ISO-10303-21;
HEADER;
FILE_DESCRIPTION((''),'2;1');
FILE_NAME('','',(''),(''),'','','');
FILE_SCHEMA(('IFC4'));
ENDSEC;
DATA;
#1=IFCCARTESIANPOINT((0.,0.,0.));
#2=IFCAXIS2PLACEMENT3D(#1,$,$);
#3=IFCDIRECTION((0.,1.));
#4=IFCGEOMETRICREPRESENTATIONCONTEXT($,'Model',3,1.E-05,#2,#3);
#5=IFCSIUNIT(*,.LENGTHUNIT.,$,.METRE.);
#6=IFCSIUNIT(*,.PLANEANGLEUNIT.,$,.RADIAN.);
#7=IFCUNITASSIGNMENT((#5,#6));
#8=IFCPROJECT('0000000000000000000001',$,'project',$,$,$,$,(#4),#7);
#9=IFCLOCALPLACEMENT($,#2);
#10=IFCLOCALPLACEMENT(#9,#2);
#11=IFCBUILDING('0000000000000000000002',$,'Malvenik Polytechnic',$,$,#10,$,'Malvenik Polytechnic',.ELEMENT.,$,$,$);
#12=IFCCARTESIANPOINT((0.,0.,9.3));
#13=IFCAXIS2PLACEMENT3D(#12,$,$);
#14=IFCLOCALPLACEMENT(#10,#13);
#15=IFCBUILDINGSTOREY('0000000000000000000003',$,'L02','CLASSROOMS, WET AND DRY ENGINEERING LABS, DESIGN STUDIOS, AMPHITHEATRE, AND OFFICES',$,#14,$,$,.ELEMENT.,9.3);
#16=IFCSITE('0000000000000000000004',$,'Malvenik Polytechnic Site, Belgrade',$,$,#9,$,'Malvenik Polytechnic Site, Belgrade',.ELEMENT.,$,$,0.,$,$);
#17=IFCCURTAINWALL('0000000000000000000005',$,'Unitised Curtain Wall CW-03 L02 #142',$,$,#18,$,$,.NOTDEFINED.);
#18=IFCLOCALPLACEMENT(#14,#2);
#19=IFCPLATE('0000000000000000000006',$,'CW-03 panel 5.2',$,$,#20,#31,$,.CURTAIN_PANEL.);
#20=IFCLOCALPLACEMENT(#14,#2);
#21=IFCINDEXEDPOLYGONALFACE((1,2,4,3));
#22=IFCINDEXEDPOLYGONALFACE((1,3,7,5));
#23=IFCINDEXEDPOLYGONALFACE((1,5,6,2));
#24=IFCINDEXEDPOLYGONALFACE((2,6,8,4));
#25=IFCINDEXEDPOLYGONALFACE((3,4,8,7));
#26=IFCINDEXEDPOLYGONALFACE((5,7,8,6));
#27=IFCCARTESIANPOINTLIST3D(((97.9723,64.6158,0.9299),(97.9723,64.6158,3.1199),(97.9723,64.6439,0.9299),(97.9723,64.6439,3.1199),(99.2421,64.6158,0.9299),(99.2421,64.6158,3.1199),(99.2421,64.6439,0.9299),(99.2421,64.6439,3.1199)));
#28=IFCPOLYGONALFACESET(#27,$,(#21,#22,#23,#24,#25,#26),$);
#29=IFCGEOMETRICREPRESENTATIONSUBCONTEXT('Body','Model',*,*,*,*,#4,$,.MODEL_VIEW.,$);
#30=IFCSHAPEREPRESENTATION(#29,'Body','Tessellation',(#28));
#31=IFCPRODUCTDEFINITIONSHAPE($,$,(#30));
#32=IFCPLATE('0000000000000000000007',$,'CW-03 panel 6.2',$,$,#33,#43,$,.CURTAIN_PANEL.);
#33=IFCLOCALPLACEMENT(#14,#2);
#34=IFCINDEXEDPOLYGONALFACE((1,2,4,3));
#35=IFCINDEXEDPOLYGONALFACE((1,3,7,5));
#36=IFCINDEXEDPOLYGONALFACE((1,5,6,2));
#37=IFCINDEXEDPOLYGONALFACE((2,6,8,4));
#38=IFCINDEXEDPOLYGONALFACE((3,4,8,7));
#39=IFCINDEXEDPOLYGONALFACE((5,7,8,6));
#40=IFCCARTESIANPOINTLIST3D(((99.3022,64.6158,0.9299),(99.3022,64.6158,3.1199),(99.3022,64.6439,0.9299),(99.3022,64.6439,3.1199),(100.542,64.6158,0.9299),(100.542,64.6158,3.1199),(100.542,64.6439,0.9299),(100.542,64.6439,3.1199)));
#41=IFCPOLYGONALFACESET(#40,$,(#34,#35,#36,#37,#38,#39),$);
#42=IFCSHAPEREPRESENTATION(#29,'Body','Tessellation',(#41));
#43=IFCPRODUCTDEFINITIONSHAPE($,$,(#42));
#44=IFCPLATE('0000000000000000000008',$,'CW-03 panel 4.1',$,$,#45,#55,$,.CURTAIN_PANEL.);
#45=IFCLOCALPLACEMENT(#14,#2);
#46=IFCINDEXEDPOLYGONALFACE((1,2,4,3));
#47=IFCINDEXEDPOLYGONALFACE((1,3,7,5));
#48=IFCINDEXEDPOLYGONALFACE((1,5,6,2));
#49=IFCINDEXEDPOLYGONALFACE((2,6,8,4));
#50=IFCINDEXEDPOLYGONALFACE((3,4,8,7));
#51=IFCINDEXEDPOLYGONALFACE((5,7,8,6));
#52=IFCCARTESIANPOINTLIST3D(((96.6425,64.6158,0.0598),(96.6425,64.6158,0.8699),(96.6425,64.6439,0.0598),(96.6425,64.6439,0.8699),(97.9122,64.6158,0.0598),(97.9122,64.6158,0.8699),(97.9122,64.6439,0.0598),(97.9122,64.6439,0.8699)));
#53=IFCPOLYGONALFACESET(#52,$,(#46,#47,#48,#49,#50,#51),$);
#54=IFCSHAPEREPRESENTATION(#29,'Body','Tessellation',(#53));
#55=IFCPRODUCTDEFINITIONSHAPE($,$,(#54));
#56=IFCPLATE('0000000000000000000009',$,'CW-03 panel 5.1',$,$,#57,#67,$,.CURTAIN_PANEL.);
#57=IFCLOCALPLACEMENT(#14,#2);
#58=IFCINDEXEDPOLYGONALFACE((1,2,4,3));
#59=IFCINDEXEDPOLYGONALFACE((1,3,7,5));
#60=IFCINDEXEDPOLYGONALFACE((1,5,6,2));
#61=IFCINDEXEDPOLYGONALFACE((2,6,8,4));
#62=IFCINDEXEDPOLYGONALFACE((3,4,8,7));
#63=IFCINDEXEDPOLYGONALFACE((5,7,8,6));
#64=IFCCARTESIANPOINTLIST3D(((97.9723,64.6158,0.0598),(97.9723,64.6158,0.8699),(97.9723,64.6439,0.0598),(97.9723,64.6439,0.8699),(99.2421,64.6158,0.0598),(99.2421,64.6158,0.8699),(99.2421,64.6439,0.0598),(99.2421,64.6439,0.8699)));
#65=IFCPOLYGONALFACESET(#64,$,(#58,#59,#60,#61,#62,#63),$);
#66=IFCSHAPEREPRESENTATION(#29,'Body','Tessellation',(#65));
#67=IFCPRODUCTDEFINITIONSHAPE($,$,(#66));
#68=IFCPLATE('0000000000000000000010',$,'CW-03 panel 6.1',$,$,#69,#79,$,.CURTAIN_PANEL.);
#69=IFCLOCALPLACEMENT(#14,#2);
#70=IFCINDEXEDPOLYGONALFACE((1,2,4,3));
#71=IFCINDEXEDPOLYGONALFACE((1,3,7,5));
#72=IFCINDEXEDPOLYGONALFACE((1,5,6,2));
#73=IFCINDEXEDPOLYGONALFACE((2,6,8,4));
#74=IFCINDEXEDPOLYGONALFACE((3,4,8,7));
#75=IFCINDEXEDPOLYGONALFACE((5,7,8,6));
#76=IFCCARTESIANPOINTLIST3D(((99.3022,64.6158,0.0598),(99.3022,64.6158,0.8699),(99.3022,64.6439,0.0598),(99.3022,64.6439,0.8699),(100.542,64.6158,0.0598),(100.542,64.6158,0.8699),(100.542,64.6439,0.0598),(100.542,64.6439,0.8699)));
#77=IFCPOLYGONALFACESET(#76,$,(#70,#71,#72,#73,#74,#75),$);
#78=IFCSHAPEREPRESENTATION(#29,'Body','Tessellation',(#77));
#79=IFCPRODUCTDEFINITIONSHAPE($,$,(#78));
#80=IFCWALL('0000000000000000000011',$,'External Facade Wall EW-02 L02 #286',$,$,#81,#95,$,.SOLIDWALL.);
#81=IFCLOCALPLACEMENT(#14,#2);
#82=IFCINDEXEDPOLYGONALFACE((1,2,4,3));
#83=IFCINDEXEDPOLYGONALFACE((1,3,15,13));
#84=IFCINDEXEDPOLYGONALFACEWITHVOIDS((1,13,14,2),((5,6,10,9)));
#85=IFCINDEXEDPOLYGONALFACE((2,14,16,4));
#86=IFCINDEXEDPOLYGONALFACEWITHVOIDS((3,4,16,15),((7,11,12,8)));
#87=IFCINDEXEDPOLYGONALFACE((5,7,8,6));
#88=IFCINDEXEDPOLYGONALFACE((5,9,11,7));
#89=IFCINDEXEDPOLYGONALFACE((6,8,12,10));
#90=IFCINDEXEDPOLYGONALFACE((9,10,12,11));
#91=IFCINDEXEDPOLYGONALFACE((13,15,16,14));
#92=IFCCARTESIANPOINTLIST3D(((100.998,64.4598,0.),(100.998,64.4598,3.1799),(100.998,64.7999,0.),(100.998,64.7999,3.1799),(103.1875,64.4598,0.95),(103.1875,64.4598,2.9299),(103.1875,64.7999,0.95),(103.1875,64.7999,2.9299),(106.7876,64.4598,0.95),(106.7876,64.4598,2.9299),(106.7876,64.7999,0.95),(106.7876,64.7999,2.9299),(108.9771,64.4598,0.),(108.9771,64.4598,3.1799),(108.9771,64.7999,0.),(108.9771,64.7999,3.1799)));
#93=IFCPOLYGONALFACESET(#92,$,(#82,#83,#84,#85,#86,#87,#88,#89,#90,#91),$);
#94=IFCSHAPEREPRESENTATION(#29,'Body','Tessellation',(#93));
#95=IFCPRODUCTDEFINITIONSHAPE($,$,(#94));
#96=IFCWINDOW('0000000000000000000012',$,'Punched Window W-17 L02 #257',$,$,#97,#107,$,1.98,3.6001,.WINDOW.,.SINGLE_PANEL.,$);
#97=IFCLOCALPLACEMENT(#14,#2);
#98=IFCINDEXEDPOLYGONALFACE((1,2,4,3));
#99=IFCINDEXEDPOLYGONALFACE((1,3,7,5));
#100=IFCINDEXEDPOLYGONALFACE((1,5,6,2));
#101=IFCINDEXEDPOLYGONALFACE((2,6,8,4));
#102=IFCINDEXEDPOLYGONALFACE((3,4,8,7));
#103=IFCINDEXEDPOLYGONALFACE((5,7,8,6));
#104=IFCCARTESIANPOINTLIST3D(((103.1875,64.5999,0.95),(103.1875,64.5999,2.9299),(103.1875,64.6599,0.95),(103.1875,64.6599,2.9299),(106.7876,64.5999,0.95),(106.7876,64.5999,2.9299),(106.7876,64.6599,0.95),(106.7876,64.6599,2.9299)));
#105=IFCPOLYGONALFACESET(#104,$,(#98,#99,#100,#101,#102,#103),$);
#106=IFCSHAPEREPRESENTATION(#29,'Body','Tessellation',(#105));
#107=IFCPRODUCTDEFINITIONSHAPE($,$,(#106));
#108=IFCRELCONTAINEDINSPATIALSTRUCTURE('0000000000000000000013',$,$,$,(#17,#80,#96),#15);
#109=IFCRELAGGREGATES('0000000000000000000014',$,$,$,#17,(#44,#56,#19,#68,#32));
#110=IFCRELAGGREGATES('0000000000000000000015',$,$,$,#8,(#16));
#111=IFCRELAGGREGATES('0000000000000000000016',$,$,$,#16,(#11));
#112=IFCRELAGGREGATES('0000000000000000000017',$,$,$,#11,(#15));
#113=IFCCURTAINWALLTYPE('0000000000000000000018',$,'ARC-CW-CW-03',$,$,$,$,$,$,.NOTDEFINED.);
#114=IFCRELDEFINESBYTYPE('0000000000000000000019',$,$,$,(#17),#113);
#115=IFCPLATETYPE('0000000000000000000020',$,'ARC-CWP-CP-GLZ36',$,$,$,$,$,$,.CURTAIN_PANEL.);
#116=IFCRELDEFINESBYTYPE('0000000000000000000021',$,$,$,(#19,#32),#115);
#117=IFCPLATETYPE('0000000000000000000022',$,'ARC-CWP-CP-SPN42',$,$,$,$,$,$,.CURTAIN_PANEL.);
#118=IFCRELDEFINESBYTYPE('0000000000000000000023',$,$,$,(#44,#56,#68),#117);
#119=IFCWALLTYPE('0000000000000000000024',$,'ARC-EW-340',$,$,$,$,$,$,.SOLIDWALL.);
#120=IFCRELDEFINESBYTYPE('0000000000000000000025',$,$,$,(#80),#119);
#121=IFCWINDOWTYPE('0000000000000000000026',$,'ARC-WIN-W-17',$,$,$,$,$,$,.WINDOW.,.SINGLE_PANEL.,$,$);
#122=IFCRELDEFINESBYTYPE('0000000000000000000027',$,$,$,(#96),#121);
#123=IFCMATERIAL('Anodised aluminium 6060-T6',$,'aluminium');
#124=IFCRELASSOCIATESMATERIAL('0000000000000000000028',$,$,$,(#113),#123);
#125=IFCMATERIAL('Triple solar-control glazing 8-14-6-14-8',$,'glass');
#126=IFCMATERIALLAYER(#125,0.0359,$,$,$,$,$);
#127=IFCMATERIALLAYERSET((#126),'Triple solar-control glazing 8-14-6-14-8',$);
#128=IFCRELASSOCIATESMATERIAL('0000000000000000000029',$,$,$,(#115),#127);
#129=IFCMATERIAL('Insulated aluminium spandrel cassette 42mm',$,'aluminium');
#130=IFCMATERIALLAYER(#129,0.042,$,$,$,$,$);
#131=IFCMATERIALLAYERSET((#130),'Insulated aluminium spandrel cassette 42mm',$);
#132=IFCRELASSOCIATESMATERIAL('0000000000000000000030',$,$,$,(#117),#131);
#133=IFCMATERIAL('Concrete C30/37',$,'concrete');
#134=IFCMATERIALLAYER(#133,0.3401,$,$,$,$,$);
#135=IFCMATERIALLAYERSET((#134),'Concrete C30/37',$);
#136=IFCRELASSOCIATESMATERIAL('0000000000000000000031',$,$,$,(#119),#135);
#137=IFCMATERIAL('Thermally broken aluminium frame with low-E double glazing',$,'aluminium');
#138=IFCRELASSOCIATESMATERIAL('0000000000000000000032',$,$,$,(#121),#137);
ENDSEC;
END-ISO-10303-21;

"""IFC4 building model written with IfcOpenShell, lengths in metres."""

from ifc_helpers import new_model, si_unit, direction, frame, frame_2d, origin, origin_2d, place, context, subcontext, project, spatial, rectangle, extrude, material, layer, layer_set, type_object, element, fill, aggregate, save


model = new_model("IFC4")

# Units and contexts
model_context = context("Model", 3, precision=1e-05, world=origin(), true_north=direction((0.0, 1.0)))
body_context = subcontext(model_context, "Body", "Model", "MODEL_VIEW")
ifc_project = project(units=[si_unit("LENGTHUNIT", "METRE"), si_unit("PLANEANGLEUNIT", "RADIAN")], contexts=[model_context])

# Site, building, storey
site_placement = place(None, origin())
site = spatial("IfcSite", under=ifc_project, at=site_placement, Name="Malvenik Polytechnic Site, Belgrade", LongName="Malvenik Polytechnic Site, Belgrade", CompositionType="ELEMENT", RefElevation=0.0)
building_placement = place(site_placement, origin())
building = spatial("IfcBuilding", under=site, at=building_placement, Name="Malvenik Polytechnic", LongName="Malvenik Polytechnic", CompositionType="ELEMENT")
storey_placement = place(building_placement, frame((0.0, 0.0, 9.3)))
storey = spatial("IfcBuildingStorey", under=building, at=storey_placement, Name="L02", Description="CLASSROOMS, WET AND DRY ENGINEERING LABS, DESIGN STUDIOS, AMPHITHEATRE, AND OFFICES", CompositionType="ELEMENT", Elevation=9.3)

# Shared definitions
ifc_material_1 = material(Name="Concrete C30/37", Category="concrete")

# Curtain wall
ifc_material_2 = material(Name="Anodised aluminium 6060-T6", Category="aluminium")
curtain_wall_type = type_object("IfcCurtainWallType", Name="ARC-CW-CW-03", PredefinedType="NOTDEFINED", material=ifc_material_2)
curtain_wall_placement = place(storey_placement, origin())
curtain_wall = element("IfcCurtainWall", 1, at=curtain_wall_placement, inside=storey, type_object=curtain_wall_type, Name="Unitised Curtain Wall CW-03 L02 #142", PredefinedType="NOTDEFINED")

# Plates
ifc_material_3 = material(Name="Triple solar-control glazing 8-14-6-14-8", Category="glass")
ifc_layer_1 = layer(ifc_material_3, 0.0359)
ifc_layer_set_1 = layer_set([ifc_layer_1], Name="Triple solar-control glazing 8-14-6-14-8")
plate_type_1 = type_object("IfcPlateType", Name="ARC-CWP-CP-GLZ36", PredefinedType="CURTAIN_PANEL", material=ifc_layer_set_1)
plate_1_placement = place(storey_placement, frame((98.6072, 64.6299, 0.9299), z_axis=(0.0, 0.0, 1.0), x_axis=(1.0, 0.0, 0.0)))
plate_1 = element("IfcPlate", 2, at=plate_1_placement, type_object=plate_type_1, Name="CW-03 panel 5.2", PredefinedType="CURTAIN_PANEL", context=body_context, shape_type="SweptSolid", body=[
    extrude(rectangle(XDim=1.2698, YDim=0.0281, at=origin_2d()), origin(), (0.0, 0.0, 1.0), 2.1899),
])
plate_2_placement = place(storey_placement, frame((99.9221, 64.6299, 0.9299), z_axis=(0.0, 0.0, 1.0), x_axis=(1.0, 0.0, 0.0)))
plate_2 = element("IfcPlate", 3, at=plate_2_placement, type_object=plate_type_1, Name="CW-03 panel 6.2", PredefinedType="CURTAIN_PANEL", context=body_context, shape_type="SweptSolid", body=[
    extrude(rectangle(XDim=1.2397, YDim=0.0281, at=origin_2d()), origin(), (0.0, 0.0, 1.0), 2.1899),
])
ifc_material_4 = material(Name="Insulated aluminium spandrel cassette 42mm", Category="aluminium")
ifc_layer_2 = layer(ifc_material_4, 0.042)
ifc_layer_set_2 = layer_set([ifc_layer_2], Name="Insulated aluminium spandrel cassette 42mm")
plate_type_2 = type_object("IfcPlateType", Name="ARC-CWP-CP-SPN42", PredefinedType="CURTAIN_PANEL", material=ifc_layer_set_2)
plate_3_placement = place(storey_placement, frame((97.2773, 64.6299, 0.0598), z_axis=(0.0, 0.0, 1.0), x_axis=(1.0, 0.0, 0.0)))
plate_3 = element("IfcPlate", 4, at=plate_3_placement, type_object=plate_type_2, Name="CW-03 panel 4.1", PredefinedType="CURTAIN_PANEL", context=body_context, shape_type="SweptSolid", body=[
    extrude(rectangle(XDim=1.2698, YDim=0.0281, at=origin_2d()), origin(), (0.0, 0.0, 1.0), 0.8101),
])
plate_4_placement = place(storey_placement, frame((98.6072, 64.6299, 0.0598), z_axis=(0.0, 0.0, 1.0), x_axis=(1.0, 0.0, 0.0)))
plate_4 = element("IfcPlate", 5, at=plate_4_placement, type_object=plate_type_2, Name="CW-03 panel 5.1", PredefinedType="CURTAIN_PANEL", context=body_context, shape_type="SweptSolid", body=[
    extrude(rectangle(XDim=1.2698, YDim=0.0281, at=origin_2d()), origin(), (0.0, 0.0, 1.0), 0.8101),
])
plate_5_placement = place(storey_placement, frame((99.9221, 64.6299, 0.0598), z_axis=(0.0, 0.0, 1.0), x_axis=(1.0, 0.0, 0.0)))
plate_5 = element("IfcPlate", 6, at=plate_5_placement, type_object=plate_type_2, Name="CW-03 panel 6.1", PredefinedType="CURTAIN_PANEL", context=body_context, shape_type="SweptSolid", body=[
    extrude(rectangle(XDim=1.2397, YDim=0.0281, at=origin_2d()), origin(), (0.0, 0.0, 1.0), 0.8101),
])
aggregate(curtain_wall, [plate_3, plate_4, plate_1, plate_5, plate_2])

# Wall, opening, window
ifc_layer_3 = layer(ifc_material_1, 0.3401)
ifc_layer_set_3 = layer_set([ifc_layer_3], Name="Concrete C30/37")
wall_type = type_object("IfcWallType", Name="ARC-EW-340", PredefinedType="SOLIDWALL", material=ifc_layer_set_3)
wall_placement = place(storey_placement, frame((100.998, 64.6299, 0.0), z_axis=(0.0, 0.0, 1.0), x_axis=(1.0, 0.0, 0.0)))
wall = element("IfcWall", 7, at=wall_placement, inside=storey, type_object=wall_type, Name="External Facade Wall EW-02 L02 #286", PredefinedType="SOLIDWALL", context=body_context, shape_type="SweptSolid", body=[
    extrude(rectangle(XDim=7.979, YDim=0.3401, at=frame_2d((3.9895, 0.0))), origin(), (0.0, 0.0, 1.0), 3.1799),
])
opening_placement = place(wall_placement, frame((2.1895, 0.0, 0.95)))
opening = element("IfcOpeningElement", 8, at=opening_placement, cuts=wall, PredefinedType="OPENING", context=body_context, shape_type="SweptSolid", body=[
    extrude(rectangle(XDim=3.6001, YDim=1.98, at=frame_2d((1.8, 0.99))), frame((0.0, 0.1802, 0.0), z_axis=(0.0, -1.0, 0.0), x_axis=(1.0, 0.0, 0.0)), (0.0, 0.0, 1.0), 0.3601),
])
ifc_material_5 = material(Name="Thermally broken aluminium frame with low-E double glazing", Category="aluminium")
window_type = type_object("IfcWindowType", Name="ARC-WIN-W-17", PartitioningType="SINGLE_PANEL", PredefinedType="WINDOW", material=ifc_material_5)
window_placement = place(opening_placement, origin())
window = element("IfcWindow", 9, at=window_placement, inside=storey, type_object=window_type, Name="Punched Window W-17 L02 #257", OverallHeight=1.98, OverallWidth=3.6001, PartitioningType="SINGLE_PANEL", PredefinedType="WINDOW", context=body_context, shape_type="SweptSolid", body=[
    extrude(rectangle(XDim=3.6001, YDim=1.98, at=frame_2d((1.8, 0.99))), frame((0.0, 0.03, 0.0), z_axis=(0.0, -1.0, 0.0), x_axis=(1.0, 0.0, 0.0)), (0.0, 0.0, 1.0), 0.0601),
])
fill(opening, window)

save(model, "model.ifc")
